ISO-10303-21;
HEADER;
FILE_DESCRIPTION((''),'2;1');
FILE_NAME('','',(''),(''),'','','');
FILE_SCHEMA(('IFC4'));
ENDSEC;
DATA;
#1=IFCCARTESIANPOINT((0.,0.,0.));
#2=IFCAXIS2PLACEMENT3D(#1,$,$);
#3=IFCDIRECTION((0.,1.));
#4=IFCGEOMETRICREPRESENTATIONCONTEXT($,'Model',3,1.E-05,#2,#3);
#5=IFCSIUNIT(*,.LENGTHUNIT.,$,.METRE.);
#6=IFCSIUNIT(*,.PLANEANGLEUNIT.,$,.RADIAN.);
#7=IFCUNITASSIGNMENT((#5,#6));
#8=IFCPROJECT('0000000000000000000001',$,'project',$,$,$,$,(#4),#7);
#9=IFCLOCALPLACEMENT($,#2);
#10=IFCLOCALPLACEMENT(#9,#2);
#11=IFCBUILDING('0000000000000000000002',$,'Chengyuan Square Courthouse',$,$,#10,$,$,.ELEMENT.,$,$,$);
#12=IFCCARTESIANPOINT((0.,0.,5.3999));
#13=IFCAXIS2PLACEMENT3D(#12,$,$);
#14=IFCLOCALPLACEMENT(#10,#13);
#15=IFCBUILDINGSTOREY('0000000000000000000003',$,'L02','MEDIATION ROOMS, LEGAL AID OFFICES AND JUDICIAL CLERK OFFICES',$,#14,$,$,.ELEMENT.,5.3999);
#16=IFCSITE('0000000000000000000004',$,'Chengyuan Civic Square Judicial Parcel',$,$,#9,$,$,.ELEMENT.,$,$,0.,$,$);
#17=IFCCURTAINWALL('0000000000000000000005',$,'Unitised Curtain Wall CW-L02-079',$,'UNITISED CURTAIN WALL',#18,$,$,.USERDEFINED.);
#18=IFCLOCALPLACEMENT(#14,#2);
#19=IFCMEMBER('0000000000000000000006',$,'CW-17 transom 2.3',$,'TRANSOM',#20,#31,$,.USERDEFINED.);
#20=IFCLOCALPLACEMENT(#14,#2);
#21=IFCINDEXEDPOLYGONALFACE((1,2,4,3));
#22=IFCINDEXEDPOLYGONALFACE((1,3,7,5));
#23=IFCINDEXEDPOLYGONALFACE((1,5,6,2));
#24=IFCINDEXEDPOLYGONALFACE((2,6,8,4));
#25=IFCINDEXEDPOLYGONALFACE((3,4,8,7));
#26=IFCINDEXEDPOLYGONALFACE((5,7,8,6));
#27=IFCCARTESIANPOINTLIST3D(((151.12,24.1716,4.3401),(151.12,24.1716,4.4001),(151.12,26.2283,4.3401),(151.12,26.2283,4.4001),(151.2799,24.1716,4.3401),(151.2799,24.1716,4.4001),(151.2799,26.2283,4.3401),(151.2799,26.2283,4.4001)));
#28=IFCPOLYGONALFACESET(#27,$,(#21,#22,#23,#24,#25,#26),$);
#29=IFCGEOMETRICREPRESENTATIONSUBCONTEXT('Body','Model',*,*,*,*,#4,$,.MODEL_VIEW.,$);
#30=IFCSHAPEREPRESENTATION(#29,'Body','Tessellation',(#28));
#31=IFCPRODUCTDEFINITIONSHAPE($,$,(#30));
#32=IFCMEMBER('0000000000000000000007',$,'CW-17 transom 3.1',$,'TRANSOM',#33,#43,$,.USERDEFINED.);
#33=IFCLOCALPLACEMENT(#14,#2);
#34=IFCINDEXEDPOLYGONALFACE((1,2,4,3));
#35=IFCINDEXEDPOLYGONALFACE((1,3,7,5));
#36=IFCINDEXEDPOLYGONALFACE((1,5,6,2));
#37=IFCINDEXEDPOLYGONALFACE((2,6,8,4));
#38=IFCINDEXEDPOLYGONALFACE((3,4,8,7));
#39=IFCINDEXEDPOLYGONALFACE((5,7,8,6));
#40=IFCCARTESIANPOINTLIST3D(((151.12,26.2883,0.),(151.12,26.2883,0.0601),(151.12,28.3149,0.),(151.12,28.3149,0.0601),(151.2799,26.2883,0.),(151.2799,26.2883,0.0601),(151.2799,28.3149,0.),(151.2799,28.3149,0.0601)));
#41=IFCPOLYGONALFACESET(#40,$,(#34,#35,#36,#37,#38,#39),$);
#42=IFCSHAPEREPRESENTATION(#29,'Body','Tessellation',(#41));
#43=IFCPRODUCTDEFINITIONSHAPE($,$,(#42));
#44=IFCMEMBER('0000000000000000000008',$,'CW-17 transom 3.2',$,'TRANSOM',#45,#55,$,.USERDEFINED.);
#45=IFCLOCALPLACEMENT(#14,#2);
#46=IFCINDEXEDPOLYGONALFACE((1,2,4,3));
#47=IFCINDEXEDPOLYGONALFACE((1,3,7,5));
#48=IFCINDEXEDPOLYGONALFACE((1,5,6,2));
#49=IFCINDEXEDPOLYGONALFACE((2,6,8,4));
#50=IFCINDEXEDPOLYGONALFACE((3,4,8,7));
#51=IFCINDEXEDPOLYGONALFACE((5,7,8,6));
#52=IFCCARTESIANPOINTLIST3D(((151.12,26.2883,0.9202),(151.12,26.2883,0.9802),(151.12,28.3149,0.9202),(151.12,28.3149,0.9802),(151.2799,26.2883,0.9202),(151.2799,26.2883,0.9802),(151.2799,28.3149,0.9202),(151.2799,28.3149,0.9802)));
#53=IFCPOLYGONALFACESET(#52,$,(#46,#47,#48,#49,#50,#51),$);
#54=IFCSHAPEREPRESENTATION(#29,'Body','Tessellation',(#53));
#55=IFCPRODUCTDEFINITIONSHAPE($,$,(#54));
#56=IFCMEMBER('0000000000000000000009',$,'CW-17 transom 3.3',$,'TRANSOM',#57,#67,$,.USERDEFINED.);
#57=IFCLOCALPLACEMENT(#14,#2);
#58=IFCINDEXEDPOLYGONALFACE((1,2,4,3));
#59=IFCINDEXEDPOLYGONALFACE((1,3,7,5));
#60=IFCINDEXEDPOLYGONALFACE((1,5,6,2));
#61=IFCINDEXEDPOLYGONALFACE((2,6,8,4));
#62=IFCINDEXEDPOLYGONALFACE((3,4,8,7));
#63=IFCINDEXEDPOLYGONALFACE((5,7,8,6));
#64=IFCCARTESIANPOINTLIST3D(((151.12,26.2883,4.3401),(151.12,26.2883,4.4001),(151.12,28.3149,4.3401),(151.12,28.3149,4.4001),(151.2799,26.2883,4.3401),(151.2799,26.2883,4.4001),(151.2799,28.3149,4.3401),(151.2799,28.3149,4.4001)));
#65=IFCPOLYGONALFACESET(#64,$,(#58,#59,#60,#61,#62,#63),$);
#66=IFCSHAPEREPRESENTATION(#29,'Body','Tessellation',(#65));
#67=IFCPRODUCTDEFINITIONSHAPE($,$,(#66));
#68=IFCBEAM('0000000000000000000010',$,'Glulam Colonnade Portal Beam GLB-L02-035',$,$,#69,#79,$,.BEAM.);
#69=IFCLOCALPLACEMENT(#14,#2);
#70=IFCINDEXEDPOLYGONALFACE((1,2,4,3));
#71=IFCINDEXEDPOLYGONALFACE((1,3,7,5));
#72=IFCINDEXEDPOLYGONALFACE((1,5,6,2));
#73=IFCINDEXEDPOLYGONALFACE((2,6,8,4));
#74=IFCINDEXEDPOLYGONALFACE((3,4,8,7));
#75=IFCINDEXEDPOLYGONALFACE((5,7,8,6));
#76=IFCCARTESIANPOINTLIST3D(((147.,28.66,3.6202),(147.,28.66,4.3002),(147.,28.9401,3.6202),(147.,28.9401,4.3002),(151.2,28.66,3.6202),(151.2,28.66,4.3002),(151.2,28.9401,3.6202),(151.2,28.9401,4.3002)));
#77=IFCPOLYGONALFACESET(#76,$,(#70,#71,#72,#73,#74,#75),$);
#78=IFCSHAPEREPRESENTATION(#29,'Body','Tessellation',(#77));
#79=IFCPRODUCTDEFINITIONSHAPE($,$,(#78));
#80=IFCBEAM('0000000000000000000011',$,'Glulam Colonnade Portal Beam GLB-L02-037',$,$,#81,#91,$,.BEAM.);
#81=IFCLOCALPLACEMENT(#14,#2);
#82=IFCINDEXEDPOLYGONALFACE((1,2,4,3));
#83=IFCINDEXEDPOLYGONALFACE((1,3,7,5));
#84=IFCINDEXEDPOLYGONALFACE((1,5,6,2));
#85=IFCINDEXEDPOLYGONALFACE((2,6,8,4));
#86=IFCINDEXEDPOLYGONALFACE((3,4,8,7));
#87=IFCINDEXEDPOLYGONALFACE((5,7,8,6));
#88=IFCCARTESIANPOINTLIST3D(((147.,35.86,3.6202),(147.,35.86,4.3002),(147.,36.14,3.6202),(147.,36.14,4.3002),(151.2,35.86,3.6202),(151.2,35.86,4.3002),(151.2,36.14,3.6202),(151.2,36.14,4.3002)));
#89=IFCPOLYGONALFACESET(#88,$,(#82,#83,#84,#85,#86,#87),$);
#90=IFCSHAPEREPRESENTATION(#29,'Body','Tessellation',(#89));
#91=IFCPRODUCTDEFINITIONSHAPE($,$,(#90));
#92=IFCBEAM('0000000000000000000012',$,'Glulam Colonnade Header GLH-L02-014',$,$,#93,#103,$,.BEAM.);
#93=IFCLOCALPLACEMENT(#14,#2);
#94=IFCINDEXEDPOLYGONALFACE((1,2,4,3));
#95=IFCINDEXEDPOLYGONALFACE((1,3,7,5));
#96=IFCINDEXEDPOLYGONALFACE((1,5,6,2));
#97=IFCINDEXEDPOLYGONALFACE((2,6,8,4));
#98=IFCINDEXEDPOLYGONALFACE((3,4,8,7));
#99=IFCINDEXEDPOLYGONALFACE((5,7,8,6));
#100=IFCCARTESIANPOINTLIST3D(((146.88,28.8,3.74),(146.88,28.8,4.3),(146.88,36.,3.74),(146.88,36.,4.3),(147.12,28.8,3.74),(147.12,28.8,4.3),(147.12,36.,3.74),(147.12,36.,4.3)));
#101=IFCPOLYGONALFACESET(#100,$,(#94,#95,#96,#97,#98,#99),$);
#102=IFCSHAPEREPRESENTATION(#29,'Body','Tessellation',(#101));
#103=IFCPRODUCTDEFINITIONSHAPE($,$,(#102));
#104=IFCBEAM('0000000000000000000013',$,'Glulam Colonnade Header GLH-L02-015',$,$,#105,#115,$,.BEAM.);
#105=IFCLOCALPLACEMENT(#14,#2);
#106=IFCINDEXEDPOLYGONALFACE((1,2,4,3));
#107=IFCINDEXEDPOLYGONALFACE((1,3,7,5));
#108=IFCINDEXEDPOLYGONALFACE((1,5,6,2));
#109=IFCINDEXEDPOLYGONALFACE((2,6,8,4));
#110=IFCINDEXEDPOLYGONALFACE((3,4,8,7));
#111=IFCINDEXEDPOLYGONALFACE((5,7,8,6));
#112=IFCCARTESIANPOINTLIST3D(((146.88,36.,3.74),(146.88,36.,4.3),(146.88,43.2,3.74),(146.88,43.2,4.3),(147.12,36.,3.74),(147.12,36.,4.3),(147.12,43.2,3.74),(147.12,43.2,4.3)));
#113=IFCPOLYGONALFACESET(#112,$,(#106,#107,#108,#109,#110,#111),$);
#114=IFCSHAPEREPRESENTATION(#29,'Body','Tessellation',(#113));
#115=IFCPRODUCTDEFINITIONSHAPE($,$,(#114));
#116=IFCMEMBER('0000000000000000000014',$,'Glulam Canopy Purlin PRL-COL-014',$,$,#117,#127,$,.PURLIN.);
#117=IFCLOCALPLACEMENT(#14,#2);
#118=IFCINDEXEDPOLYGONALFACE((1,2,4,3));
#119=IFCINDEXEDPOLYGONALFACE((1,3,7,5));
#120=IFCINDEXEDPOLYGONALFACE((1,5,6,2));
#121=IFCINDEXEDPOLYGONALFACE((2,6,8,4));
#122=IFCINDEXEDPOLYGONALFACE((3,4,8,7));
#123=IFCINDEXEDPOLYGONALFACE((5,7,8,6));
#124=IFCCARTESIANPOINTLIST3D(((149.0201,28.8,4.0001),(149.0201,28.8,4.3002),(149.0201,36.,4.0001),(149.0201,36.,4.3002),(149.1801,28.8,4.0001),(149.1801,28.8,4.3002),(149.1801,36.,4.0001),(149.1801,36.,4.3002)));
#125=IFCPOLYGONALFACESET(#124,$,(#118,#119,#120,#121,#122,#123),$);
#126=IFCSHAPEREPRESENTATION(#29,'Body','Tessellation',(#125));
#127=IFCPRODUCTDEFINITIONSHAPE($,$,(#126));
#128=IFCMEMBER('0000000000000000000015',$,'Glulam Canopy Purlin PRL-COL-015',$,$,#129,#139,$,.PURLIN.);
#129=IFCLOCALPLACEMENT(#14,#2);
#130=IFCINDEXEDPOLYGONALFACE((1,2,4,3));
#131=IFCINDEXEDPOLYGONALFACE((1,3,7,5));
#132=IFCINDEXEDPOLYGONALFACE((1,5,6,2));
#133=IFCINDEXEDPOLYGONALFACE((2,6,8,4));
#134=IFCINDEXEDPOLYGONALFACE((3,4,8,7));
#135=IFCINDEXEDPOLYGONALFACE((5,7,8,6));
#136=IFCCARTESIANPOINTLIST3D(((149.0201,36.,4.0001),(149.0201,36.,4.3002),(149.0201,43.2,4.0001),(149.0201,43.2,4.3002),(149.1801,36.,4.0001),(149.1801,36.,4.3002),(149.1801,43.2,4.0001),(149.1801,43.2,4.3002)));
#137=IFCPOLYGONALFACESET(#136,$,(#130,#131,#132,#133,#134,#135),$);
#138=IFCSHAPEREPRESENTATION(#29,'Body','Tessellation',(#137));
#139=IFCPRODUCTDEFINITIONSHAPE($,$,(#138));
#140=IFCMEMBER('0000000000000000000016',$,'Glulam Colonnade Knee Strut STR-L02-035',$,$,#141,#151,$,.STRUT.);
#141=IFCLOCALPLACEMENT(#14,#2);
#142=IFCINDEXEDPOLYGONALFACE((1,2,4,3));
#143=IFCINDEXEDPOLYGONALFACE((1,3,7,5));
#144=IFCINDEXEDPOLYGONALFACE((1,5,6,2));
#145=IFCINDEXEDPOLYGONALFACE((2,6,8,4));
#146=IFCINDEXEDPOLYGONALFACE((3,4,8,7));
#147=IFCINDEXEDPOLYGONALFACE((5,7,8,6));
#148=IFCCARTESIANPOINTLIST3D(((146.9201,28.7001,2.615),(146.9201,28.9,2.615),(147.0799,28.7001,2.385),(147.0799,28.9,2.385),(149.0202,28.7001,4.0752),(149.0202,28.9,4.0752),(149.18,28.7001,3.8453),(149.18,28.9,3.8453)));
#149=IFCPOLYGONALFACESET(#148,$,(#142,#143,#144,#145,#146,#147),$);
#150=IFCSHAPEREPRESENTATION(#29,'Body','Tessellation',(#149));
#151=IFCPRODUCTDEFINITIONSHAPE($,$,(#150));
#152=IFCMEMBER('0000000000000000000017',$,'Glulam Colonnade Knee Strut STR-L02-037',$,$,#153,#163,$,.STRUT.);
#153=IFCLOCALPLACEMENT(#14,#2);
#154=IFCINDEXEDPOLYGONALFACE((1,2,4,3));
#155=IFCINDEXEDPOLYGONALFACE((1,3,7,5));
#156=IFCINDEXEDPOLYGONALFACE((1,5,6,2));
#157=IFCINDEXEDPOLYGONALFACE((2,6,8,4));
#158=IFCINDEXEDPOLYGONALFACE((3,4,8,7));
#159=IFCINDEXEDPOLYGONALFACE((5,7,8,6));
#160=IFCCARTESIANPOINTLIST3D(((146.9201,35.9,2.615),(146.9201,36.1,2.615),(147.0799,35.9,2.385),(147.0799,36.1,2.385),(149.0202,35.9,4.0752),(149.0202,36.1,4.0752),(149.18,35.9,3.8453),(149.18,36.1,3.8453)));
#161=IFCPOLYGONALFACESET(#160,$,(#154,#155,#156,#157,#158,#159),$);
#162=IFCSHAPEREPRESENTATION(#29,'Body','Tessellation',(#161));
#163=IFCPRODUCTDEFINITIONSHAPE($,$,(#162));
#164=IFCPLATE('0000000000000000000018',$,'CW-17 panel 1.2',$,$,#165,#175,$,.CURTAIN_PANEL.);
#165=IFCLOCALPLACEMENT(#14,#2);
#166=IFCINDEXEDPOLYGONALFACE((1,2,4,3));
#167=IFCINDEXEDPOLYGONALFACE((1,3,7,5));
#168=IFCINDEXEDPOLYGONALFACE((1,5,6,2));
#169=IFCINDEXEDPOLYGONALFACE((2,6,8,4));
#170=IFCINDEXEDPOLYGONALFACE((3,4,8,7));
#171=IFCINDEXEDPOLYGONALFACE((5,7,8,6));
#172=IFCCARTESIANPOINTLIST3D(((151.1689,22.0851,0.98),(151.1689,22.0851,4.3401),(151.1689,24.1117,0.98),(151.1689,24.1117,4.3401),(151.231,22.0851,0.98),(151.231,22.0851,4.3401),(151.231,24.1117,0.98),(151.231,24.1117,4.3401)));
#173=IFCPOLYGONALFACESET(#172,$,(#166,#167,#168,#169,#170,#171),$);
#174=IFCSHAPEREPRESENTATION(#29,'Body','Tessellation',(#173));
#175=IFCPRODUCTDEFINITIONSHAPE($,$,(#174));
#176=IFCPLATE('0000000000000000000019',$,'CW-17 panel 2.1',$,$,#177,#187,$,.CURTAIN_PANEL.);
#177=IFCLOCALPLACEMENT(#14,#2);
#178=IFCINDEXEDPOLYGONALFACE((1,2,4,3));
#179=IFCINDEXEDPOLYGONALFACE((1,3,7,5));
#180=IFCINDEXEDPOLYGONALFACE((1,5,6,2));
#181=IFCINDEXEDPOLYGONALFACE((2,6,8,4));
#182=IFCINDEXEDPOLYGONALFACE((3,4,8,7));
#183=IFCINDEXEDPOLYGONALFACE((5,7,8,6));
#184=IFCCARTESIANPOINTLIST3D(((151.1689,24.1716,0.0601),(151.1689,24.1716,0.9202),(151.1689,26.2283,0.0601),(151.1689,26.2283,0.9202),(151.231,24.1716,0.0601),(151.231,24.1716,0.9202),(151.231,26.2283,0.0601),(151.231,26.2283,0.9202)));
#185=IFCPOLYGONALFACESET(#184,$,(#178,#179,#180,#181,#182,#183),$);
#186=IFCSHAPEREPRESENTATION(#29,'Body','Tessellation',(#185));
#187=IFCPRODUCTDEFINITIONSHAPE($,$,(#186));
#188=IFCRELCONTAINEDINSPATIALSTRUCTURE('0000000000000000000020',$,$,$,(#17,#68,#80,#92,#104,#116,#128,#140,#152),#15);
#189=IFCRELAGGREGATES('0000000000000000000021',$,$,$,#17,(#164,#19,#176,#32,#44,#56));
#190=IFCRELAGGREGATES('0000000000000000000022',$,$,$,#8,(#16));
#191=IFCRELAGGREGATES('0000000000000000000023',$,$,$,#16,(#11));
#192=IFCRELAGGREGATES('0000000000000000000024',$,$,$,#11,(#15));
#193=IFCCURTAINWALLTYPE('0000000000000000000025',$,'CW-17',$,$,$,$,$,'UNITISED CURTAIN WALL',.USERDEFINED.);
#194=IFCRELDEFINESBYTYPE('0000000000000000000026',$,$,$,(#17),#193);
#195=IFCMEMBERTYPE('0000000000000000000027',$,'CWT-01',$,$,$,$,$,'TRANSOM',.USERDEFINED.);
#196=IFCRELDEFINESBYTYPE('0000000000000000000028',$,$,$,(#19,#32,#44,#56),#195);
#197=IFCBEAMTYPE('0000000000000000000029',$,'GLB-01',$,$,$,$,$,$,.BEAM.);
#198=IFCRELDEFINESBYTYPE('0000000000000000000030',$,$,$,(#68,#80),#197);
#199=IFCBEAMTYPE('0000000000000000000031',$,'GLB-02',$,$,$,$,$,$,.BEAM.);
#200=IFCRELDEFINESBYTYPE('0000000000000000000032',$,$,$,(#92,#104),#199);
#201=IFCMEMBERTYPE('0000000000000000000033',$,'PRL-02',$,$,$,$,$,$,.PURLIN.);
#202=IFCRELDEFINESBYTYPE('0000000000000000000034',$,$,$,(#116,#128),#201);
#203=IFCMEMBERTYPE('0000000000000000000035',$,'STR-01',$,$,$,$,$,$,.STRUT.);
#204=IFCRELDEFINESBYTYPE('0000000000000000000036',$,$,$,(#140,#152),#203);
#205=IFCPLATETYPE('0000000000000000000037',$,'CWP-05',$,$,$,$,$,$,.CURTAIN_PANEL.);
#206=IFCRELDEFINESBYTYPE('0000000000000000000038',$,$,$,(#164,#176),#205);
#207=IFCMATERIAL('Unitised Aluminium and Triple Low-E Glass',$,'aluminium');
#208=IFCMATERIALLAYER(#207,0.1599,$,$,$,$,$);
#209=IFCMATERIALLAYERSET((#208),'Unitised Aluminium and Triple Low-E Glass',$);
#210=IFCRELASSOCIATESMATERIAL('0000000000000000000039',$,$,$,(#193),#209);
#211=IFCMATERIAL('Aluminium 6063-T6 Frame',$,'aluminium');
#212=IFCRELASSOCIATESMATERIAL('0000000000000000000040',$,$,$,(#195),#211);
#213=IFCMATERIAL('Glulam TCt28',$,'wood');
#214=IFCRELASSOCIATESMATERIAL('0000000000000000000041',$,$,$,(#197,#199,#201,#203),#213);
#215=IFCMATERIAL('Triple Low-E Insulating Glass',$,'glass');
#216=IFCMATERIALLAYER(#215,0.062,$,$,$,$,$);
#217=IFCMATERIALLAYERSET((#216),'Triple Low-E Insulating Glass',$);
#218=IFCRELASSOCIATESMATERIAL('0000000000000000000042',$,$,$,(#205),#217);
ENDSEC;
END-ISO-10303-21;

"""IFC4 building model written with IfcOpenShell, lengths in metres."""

from ifc_helpers import new_model, si_unit, direction, frame, origin, origin_2d, place, context, subcontext, project, spatial, rectangle, extrude, material, layer, layer_set, material_profile, profile_set, type_object, element, aggregate, save


model = new_model("IFC4")

# Units and contexts
model_context = context("Model", 3, precision=1e-05, world=origin(), true_north=direction((0.0, 1.0)))
body_context = subcontext(model_context, "Body", "Model", "MODEL_VIEW")
ifc_project = project(units=[si_unit("LENGTHUNIT", "METRE"), si_unit("PLANEANGLEUNIT", "RADIAN")], contexts=[model_context])

# Site, building, storey
site_placement = place(None, origin())
site = spatial("IfcSite", under=ifc_project, at=site_placement, Name="Chengyuan Civic Square Judicial Parcel", CompositionType="ELEMENT", RefElevation=0.0)
building_placement = place(site_placement, origin())
building = spatial("IfcBuilding", under=site, at=building_placement, Name="Chengyuan Square Courthouse", CompositionType="ELEMENT")
storey_placement = place(building_placement, frame((0.0, 0.0, 5.3999)))
storey = spatial("IfcBuildingStorey", under=building, at=storey_placement, Name="L02", Description="MEDIATION ROOMS, LEGAL AID OFFICES AND JUDICIAL CLERK OFFICES", CompositionType="ELEMENT", Elevation=5.3999)

# Shared definitions
ifc_material_1 = material(Name="Glulam TCt28", Category="wood")

# Curtain wall, members
ifc_material_2 = material(Name="Unitised Aluminium and Triple Low-E Glass", Category="aluminium")
ifc_layer_1 = layer(ifc_material_2, 0.1599)
ifc_layer_set_1 = layer_set([ifc_layer_1], Name="Unitised Aluminium and Triple Low-E Glass")
curtain_wall_type = type_object("IfcCurtainWallType", Name="CW-17", ElementType="UNITISED CURTAIN WALL", PredefinedType="USERDEFINED", material=ifc_layer_set_1)
curtain_wall_placement = place(storey_placement, origin())
curtain_wall = element("IfcCurtainWall", 1, at=curtain_wall_placement, inside=storey, type_object=curtain_wall_type, Name="Unitised Curtain Wall CW-L02-079", ObjectType="UNITISED CURTAIN WALL", PredefinedType="USERDEFINED")
ifc_material_3 = material(Name="Aluminium 6063-T6 Frame", Category="aluminium")
ifc_material_profile_1 = material_profile(ifc_material_3, rectangle(XDim=0.1599, YDim=0.0601, at=origin_2d()), Name="CW-TRN-60x120")
ifc_profile_set_1 = profile_set([ifc_material_profile_1], Name="Aluminium 6063-T6 Frame")
member_type_1 = type_object("IfcMemberType", Name="CWT-01", ElementType="TRANSOM", PredefinedType="USERDEFINED", material=ifc_profile_set_1)
member_1_placement = place(storey_placement, frame((151.2, 24.1716, 4.3701), z_axis=(0.0, 1.0, 0.0), x_axis=(-1.0, 0.0, 0.0)))
member_1 = element("IfcMember", 2, at=member_1_placement, type_object=member_type_1, Name="CW-17 transom 2.3", ObjectType="TRANSOM", PredefinedType="USERDEFINED", context=body_context, shape_type="SweptSolid", body=[
    extrude(rectangle(XDim=0.1599, YDim=0.0601, at=origin_2d()), origin(), (0.0, 0.0, 1.0), 2.0566),
])
member_2_placement = place(storey_placement, frame((151.2, 26.2883, 0.03), z_axis=(0.0, 1.0, 0.0), x_axis=(-1.0, 0.0, 0.0)))
member_2 = element("IfcMember", 3, at=member_2_placement, type_object=member_type_1, Name="CW-17 transom 3.1", ObjectType="TRANSOM", PredefinedType="USERDEFINED", context=body_context, shape_type="SweptSolid", body=[
    extrude(rectangle(XDim=0.1599, YDim=0.0601, at=origin_2d()), origin(), (0.0, 0.0, 1.0), 2.0266),
])
member_3_placement = place(storey_placement, frame((151.2, 26.2883, 0.9502), z_axis=(0.0, 1.0, 0.0), x_axis=(-1.0, 0.0, 0.0)))
member_3 = element("IfcMember", 4, at=member_3_placement, type_object=member_type_1, Name="CW-17 transom 3.2", ObjectType="TRANSOM", PredefinedType="USERDEFINED", context=body_context, shape_type="SweptSolid", body=[
    extrude(rectangle(XDim=0.1599, YDim=0.0601, at=origin_2d()), origin(), (0.0, 0.0, 1.0), 2.0266),
])
member_4_placement = place(storey_placement, frame((151.2, 26.2883, 4.3701), z_axis=(0.0, 1.0, 0.0), x_axis=(-1.0, 0.0, 0.0)))
member_4 = element("IfcMember", 5, at=member_4_placement, type_object=member_type_1, Name="CW-17 transom 3.3", ObjectType="TRANSOM", PredefinedType="USERDEFINED", context=body_context, shape_type="SweptSolid", body=[
    extrude(rectangle(XDim=0.1599, YDim=0.0601, at=origin_2d()), origin(), (0.0, 0.0, 1.0), 2.0266),
])

# Beams
ifc_material_profile_2 = material_profile(ifc_material_1, rectangle(XDim=0.28, YDim=0.6799, at=origin_2d()), Name="GL-BM-280x680")
ifc_profile_set_2 = profile_set([ifc_material_profile_2], Name="Glulam TCt28")
beam_type_1 = type_object("IfcBeamType", Name="GLB-01", PredefinedType="BEAM", material=ifc_profile_set_2)
for number, where, z_axis, x_axis, name in (
    (6, (151.2, 28.8, 3.9602), (-1.0, 0.0, 0.0), (0.0, -1.0, 0.0), "Glulam Colonnade Portal Beam GLB-L02-035"),
    (7, (151.2, 36.0, 3.9602), (-1.0, 0.0, 0.0), (0.0, -1.0, 0.0), "Glulam Colonnade Portal Beam GLB-L02-037"),
):
    element("IfcBeam", number, at=place(storey_placement, frame(where, z_axis=z_axis, x_axis=x_axis)), inside=storey, type_object=beam_type_1, Name=name, PredefinedType="BEAM", context=body_context, shape_type="SweptSolid", body=[
        extrude(rectangle(XDim=0.28, YDim=0.6799, at=origin_2d()), origin(), (0.0, 0.0, 1.0), 4.2),
    ])
ifc_material_profile_3 = material_profile(ifc_material_1, rectangle(XDim=0.24, YDim=0.5601, at=origin_2d()), Name="GL-BM-240x560")
ifc_profile_set_3 = profile_set([ifc_material_profile_3], Name="Glulam TCt28")
beam_type_2 = type_object("IfcBeamType", Name="GLB-02", PredefinedType="BEAM", material=ifc_profile_set_3)
for number, where, z_axis, x_axis, name in (
    (8, (147.0, 28.8, 4.02), (0.0, 1.0, 0.0), (-1.0, 0.0, 0.0), "Glulam Colonnade Header GLH-L02-014"),
    (9, (147.0, 36.0, 4.02), (0.0, 1.0, 0.0), (-1.0, 0.0, 0.0), "Glulam Colonnade Header GLH-L02-015"),
):
    element("IfcBeam", number, at=place(storey_placement, frame(where, z_axis=z_axis, x_axis=x_axis)), inside=storey, type_object=beam_type_2, Name=name, PredefinedType="BEAM", context=body_context, shape_type="SweptSolid", body=[
        extrude(rectangle(XDim=0.24, YDim=0.5601, at=origin_2d()), origin(), (0.0, 0.0, 1.0), 7.2),
    ])

# Members
ifc_material_profile_4 = material_profile(ifc_material_1, rectangle(XDim=0.1599, YDim=0.3, at=origin_2d()), Name="GL-PRL-160x300")
ifc_profile_set_4 = profile_set([ifc_material_profile_4], Name="Glulam TCt28")
member_type_2 = type_object("IfcMemberType", Name="PRL-02", PredefinedType="PURLIN", material=ifc_profile_set_4)
for number, where, z_axis, x_axis, name in (
    (10, (149.1001, 28.8, 4.1501), (0.0, 1.0, 0.0), (-1.0, 0.0, 0.0), "Glulam Canopy Purlin PRL-COL-014"),
    (11, (149.1001, 36.0, 4.1501), (0.0, 1.0, 0.0), (-1.0, 0.0, 0.0), "Glulam Canopy Purlin PRL-COL-015"),
):
    element("IfcMember", number, at=place(storey_placement, frame(where, z_axis=z_axis, x_axis=x_axis)), inside=storey, type_object=member_type_2, Name=name, PredefinedType="PURLIN", context=body_context, shape_type="SweptSolid", body=[
        extrude(rectangle(XDim=0.1599, YDim=0.3, at=origin_2d()), origin(), (0.0, 0.0, 1.0), 7.2),
    ])
ifc_material_profile_5 = material_profile(ifc_material_1, rectangle(XDim=0.2, YDim=0.28, at=origin_2d()), Name="GL-STR-200x280")
ifc_profile_set_5 = profile_set([ifc_material_profile_5], Name="Glulam TCt28")
member_type_3 = type_object("IfcMemberType", Name="STR-01", PredefinedType="STRUT", material=ifc_profile_set_5)
for number, where, z_axis, x_axis, name in (
    (12, (147.0, 28.8, 2.5), (0.821039, 0.0, 0.570872), (0.0, 1.0, 0.0), "Glulam Colonnade Knee Strut STR-L02-035"),
    (13, (147.0, 36.0, 2.5), (0.821039, 0.0, 0.570872), (0.0, 1.0, 0.0), "Glulam Colonnade Knee Strut STR-L02-037"),
):
    element("IfcMember", number, at=place(storey_placement, frame(where, z_axis=z_axis, x_axis=x_axis)), inside=storey, type_object=member_type_3, Name=name, PredefinedType="STRUT", context=body_context, shape_type="SweptSolid", body=[
        extrude(rectangle(XDim=0.2, YDim=0.28, at=origin_2d()), origin(), (0.0, 0.0, 1.0), 2.5579),
    ])

# Plates
ifc_material_4 = material(Name="Triple Low-E Insulating Glass", Category="glass")
ifc_layer_2 = layer(ifc_material_4, 0.062)
ifc_layer_set_2 = layer_set([ifc_layer_2], Name="Triple Low-E Insulating Glass")
plate_type = type_object("IfcPlateType", Name="CWP-05", PredefinedType="CURTAIN_PANEL", material=ifc_layer_set_2)
plate_1_placement = place(storey_placement, frame((151.2, 23.0984, 0.98), z_axis=(0.0, 0.0, 1.0), x_axis=(0.0, 1.0, 0.0)))
plate_1 = element("IfcPlate", 14, at=plate_1_placement, type_object=plate_type, Name="CW-17 panel 1.2", PredefinedType="CURTAIN_PANEL", context=body_context, shape_type="SweptSolid", body=[
    extrude(rectangle(XDim=2.0266, YDim=0.062, at=origin_2d()), origin(), (0.0, 0.0, 1.0), 3.3601),
])
plate_2_placement = place(storey_placement, frame((151.2, 25.2, 0.0601), z_axis=(0.0, 0.0, 1.0), x_axis=(0.0, 1.0, 0.0)))
plate_2 = element("IfcPlate", 15, at=plate_2_placement, type_object=plate_type, Name="CW-17 panel 2.1", PredefinedType="CURTAIN_PANEL", context=body_context, shape_type="SweptSolid", body=[
    extrude(rectangle(XDim=2.0566, YDim=0.062, at=origin_2d()), origin(), (0.0, 0.0, 1.0), 0.8601),
])
aggregate(curtain_wall, [plate_1, member_1, plate_2, member_2, member_3, member_4])

save(model, "model.ifc")
